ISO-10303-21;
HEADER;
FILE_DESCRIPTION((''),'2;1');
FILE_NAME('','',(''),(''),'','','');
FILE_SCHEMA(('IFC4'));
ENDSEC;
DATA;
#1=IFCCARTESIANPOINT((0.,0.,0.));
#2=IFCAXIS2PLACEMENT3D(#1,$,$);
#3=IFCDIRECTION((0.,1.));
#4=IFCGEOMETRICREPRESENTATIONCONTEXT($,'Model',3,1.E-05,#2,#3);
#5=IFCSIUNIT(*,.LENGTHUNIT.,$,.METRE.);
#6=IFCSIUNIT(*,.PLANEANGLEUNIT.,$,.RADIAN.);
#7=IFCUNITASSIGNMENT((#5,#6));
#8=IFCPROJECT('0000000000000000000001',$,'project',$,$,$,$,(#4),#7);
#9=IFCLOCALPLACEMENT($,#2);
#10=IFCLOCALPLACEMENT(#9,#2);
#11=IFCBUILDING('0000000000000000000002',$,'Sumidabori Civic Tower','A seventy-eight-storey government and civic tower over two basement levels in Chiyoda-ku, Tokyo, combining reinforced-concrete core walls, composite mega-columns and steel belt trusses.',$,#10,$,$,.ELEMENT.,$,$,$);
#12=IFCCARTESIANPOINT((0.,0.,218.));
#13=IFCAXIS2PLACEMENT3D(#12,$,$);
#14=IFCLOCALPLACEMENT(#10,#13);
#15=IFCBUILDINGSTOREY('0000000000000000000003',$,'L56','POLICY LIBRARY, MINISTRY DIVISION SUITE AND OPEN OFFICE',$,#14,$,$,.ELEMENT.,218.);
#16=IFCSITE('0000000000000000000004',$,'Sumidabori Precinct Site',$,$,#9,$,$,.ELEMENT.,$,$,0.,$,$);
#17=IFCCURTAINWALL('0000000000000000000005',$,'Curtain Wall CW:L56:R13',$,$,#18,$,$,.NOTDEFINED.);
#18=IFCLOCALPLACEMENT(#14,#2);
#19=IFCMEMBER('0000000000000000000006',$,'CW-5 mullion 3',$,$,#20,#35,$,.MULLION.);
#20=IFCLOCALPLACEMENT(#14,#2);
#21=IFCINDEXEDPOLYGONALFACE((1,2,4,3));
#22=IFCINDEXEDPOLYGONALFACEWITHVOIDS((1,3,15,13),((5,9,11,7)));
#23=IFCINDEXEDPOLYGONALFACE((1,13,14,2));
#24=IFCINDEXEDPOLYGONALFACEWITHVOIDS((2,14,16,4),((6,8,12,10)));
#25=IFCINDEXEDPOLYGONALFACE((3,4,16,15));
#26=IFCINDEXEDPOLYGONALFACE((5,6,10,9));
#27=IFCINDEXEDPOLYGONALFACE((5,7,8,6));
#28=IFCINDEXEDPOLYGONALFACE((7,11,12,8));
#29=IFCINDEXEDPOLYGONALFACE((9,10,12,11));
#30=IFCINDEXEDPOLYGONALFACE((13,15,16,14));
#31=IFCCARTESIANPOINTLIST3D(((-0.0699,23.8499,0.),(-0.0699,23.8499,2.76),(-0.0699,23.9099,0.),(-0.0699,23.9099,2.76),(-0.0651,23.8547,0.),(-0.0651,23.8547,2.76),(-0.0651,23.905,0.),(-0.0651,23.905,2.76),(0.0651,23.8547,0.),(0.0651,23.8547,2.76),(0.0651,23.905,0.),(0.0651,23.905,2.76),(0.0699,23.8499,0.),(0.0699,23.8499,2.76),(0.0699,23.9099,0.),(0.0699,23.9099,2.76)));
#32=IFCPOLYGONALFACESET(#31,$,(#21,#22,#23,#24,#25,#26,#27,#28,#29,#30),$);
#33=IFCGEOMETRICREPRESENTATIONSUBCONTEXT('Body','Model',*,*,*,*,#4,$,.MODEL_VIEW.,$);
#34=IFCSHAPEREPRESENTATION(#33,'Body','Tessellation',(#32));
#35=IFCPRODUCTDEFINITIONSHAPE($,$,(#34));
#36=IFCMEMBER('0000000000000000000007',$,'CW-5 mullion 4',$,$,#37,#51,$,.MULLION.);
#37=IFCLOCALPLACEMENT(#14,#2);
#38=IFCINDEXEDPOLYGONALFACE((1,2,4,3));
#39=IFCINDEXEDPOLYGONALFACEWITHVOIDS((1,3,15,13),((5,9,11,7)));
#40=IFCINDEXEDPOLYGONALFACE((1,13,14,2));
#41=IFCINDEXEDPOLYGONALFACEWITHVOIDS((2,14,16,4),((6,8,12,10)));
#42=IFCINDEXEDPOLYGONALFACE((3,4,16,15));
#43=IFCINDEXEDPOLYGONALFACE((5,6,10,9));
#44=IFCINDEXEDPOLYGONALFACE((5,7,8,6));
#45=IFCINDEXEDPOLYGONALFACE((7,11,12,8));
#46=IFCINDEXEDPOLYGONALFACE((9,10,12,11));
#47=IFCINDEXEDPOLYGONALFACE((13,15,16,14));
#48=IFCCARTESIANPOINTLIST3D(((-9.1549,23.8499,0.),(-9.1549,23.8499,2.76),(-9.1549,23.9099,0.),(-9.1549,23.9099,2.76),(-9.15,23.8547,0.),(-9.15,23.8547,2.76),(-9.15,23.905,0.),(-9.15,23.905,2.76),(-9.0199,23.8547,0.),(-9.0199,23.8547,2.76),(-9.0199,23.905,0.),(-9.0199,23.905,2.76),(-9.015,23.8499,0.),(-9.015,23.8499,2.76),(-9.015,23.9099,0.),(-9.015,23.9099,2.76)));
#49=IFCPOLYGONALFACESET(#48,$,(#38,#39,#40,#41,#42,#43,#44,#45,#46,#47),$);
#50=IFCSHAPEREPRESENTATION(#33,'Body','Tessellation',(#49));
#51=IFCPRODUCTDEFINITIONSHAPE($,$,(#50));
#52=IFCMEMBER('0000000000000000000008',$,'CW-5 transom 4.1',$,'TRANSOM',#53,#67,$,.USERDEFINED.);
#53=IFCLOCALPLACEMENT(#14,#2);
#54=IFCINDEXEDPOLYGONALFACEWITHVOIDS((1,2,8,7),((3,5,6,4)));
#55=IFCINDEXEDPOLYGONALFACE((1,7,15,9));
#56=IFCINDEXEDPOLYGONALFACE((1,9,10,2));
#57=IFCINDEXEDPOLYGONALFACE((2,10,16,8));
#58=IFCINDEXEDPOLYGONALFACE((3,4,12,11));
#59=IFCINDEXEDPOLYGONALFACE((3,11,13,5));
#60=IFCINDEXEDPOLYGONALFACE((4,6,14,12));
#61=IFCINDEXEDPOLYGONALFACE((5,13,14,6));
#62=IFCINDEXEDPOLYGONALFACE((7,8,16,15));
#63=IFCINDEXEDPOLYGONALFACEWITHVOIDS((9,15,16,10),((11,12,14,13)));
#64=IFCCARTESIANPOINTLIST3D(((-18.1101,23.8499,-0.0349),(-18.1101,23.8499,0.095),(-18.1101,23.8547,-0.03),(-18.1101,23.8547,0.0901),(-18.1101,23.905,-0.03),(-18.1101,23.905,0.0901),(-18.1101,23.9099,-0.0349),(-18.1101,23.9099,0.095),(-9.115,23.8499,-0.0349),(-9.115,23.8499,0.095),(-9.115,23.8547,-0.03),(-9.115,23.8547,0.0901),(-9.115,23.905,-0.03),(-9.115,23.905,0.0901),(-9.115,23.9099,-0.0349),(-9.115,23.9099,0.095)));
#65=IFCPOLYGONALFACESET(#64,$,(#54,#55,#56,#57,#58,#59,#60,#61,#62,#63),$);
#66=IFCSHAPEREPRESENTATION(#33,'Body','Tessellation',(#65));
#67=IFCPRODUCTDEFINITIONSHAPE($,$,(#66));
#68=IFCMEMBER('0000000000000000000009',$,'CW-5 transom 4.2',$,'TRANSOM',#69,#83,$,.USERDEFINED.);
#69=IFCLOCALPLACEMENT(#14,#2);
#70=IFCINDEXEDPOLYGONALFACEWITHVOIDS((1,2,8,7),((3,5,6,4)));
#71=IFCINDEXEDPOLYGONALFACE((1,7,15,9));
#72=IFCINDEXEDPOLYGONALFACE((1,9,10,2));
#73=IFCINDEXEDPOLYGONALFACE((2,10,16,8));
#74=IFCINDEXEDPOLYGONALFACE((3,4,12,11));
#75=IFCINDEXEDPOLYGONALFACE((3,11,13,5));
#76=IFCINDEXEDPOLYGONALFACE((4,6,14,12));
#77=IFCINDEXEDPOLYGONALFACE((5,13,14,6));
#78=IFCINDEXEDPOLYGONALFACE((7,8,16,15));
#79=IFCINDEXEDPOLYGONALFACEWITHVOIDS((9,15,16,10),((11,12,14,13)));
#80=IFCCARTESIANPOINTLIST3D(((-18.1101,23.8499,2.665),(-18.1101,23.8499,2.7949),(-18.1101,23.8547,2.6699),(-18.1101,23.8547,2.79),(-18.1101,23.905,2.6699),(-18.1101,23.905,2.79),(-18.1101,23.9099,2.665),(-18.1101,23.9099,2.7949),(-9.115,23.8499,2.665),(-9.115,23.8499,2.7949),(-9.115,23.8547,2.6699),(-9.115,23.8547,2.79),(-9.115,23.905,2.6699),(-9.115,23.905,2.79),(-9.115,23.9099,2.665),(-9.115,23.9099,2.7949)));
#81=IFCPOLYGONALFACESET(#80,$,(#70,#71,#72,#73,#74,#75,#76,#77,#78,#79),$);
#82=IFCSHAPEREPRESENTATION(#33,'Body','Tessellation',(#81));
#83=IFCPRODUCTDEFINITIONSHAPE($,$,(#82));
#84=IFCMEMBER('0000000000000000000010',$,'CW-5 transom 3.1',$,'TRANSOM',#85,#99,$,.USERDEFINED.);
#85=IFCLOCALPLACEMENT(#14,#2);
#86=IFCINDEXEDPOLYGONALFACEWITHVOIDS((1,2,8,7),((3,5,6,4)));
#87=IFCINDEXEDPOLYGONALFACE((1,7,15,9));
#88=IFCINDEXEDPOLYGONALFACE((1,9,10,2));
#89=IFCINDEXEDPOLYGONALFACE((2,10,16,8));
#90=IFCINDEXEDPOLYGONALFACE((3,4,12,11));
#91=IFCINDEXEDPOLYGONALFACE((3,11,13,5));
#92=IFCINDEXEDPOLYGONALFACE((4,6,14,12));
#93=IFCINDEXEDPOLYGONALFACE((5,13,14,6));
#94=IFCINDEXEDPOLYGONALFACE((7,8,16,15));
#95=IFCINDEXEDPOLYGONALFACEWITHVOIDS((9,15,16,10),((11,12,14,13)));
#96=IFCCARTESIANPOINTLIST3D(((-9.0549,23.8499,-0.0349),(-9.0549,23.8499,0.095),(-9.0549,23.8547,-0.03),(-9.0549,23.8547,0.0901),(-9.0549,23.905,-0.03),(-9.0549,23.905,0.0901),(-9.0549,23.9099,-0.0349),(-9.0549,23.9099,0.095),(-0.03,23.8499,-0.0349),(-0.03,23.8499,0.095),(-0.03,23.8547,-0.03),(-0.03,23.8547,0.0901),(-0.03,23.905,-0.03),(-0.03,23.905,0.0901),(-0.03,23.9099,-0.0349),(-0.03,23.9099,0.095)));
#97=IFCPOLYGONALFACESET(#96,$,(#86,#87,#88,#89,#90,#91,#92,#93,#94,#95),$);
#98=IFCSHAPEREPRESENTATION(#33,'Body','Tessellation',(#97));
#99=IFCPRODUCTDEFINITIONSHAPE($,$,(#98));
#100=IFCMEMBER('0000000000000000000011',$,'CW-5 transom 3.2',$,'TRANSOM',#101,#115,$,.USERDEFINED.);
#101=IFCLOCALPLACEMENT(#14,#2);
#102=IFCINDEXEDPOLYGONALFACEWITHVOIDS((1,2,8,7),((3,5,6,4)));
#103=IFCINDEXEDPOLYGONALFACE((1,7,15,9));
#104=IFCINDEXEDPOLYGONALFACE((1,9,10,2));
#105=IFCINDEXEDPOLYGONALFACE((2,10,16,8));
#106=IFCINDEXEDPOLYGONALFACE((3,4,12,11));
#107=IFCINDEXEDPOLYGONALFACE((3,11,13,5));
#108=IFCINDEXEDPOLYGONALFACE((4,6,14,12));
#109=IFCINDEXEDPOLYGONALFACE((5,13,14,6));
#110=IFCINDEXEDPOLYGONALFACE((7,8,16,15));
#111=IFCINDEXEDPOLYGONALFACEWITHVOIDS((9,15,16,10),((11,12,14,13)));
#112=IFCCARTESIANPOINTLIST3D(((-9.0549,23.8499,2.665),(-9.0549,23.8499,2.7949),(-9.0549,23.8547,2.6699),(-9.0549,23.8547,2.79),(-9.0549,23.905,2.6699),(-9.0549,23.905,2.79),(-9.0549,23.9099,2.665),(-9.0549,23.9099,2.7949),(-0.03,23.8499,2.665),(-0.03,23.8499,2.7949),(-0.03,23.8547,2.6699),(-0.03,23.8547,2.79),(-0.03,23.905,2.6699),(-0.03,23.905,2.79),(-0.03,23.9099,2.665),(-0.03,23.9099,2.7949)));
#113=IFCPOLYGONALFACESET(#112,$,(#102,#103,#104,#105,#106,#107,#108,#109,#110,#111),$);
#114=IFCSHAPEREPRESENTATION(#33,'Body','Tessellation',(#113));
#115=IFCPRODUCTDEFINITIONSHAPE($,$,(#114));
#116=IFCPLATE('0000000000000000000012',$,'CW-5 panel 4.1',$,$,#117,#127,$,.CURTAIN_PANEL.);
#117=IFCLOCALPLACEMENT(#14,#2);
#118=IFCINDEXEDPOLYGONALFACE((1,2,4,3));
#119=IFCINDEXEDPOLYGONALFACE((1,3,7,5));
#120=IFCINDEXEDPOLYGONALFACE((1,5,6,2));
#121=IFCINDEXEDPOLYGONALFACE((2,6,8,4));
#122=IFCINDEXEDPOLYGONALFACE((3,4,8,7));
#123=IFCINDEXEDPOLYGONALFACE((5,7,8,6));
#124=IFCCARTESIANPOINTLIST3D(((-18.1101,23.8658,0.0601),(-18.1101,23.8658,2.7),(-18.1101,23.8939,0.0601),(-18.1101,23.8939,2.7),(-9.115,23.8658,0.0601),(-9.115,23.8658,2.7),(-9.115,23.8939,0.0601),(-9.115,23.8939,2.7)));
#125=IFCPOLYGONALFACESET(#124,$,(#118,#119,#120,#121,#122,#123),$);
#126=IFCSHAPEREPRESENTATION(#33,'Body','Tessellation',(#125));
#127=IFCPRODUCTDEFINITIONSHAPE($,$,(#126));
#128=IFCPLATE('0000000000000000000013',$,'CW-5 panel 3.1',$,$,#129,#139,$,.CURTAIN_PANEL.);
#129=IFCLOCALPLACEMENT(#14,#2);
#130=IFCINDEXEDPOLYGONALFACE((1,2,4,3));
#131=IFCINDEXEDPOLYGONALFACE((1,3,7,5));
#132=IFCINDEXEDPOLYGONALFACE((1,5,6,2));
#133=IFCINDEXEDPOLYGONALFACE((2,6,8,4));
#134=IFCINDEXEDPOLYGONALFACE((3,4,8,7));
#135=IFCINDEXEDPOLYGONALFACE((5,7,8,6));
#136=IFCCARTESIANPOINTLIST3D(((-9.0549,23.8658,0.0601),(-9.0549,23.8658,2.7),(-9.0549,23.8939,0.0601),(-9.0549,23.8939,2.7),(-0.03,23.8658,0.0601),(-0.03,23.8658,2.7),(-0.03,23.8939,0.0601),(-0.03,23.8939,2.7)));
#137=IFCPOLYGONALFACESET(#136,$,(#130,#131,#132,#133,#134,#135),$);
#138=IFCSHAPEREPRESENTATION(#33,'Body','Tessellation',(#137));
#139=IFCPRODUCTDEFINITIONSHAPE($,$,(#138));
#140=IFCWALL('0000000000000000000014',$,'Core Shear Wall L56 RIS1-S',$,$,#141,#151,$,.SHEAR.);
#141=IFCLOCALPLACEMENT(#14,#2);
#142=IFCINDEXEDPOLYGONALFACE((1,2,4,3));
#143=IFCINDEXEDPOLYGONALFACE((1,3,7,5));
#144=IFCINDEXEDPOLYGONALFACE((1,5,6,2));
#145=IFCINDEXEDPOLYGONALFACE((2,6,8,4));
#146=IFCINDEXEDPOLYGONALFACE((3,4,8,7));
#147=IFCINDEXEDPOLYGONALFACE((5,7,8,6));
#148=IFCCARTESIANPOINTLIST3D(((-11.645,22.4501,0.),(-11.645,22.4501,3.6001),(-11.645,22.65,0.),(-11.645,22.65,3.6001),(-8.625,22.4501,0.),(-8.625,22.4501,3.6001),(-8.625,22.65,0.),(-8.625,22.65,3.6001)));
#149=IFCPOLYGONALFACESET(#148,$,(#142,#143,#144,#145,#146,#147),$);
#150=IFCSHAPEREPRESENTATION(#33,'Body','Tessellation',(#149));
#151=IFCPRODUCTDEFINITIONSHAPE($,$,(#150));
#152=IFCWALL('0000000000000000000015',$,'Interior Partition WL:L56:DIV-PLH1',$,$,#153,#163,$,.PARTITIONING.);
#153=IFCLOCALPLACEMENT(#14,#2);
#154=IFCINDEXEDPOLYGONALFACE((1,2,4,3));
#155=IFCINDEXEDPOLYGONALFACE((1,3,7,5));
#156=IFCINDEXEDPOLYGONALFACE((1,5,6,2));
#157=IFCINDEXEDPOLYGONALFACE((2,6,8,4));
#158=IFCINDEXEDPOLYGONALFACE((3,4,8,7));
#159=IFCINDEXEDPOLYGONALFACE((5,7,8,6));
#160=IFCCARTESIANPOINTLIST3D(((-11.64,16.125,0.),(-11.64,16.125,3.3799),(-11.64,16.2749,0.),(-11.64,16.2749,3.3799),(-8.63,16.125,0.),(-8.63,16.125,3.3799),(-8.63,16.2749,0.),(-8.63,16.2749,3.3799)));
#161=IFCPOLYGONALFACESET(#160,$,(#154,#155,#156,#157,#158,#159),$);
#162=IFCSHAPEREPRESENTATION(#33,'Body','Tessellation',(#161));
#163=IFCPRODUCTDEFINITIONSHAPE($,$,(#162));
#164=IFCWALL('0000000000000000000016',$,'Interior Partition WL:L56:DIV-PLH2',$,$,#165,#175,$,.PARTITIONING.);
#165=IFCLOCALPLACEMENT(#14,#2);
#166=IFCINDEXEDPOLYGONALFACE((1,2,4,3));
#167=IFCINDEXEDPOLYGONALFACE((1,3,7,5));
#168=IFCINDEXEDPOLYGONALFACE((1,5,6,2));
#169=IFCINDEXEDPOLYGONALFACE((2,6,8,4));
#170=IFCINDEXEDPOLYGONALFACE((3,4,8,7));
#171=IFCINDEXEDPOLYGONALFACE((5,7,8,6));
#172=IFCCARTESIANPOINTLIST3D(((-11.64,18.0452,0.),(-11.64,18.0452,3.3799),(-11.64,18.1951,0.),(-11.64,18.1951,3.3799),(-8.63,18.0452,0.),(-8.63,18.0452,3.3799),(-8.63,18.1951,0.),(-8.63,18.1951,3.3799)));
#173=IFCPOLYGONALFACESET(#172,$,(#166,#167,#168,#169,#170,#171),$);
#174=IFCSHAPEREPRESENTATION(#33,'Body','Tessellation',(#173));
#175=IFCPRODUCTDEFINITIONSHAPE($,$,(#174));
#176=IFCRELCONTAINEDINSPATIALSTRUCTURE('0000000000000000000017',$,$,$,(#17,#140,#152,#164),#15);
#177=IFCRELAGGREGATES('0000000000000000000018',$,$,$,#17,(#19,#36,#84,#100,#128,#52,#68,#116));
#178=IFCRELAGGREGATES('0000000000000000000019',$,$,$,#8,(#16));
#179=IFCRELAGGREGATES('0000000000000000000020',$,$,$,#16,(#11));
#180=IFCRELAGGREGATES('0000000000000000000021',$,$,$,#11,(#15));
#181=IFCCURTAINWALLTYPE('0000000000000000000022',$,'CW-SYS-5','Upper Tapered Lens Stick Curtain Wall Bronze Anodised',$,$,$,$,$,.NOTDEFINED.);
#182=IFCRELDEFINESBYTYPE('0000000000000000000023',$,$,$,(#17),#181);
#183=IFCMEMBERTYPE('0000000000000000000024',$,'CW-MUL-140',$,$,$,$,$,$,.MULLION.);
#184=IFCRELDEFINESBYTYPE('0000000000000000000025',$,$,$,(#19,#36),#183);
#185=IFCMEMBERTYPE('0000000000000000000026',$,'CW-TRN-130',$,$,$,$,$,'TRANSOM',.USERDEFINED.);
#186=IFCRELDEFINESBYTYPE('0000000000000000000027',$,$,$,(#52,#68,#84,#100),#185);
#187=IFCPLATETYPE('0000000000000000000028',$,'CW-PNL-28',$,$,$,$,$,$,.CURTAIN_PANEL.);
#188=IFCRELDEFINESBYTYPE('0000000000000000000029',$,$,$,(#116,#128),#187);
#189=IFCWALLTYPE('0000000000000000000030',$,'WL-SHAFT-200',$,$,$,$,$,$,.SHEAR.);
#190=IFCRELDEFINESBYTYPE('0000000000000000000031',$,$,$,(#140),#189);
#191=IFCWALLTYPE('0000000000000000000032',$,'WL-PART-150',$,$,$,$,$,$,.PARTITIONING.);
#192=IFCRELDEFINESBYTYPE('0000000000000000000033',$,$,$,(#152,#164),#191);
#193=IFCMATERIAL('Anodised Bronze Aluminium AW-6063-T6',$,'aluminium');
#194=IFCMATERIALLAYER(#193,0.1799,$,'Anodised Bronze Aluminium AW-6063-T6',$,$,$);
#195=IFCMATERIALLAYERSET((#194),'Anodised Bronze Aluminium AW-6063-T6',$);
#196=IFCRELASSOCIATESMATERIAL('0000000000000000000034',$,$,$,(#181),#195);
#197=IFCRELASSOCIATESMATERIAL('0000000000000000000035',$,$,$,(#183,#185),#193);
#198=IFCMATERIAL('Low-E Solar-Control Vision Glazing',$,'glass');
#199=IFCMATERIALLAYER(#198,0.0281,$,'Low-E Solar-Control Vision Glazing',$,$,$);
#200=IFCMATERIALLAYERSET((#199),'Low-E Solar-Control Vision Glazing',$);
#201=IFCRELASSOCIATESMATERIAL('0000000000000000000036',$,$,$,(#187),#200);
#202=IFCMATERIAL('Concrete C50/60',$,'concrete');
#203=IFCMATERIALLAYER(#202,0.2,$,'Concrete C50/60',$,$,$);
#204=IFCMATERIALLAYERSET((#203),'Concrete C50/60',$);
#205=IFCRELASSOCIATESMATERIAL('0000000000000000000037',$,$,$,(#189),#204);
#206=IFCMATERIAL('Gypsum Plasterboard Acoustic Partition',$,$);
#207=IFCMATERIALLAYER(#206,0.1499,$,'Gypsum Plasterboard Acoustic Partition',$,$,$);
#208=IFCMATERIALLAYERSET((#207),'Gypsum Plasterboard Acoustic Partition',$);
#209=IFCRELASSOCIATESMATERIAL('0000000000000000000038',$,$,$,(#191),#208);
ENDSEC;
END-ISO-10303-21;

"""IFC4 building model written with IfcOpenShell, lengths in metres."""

from ifc_helpers import new_model, si_unit, direction, frame, frame_2d, origin, origin_2d, place, context, subcontext, project, spatial, rectangle, hollow_rectangle, extrude, source, transform, mapped, material, layer, layer_set, material_profile, profile_set, type_object, element, aggregate, save


model = new_model("IFC4")

# Units and contexts
model_context = context("Model", 3, precision=1e-05, world=origin(), true_north=direction((0.0, 1.0)))
body_context = subcontext(model_context, "Body", "Model", "MODEL_VIEW")
ifc_project = project(units=[si_unit("LENGTHUNIT", "METRE"), si_unit("PLANEANGLEUNIT", "RADIAN")], contexts=[model_context])

# Site, building, storey
site_placement = place(None, origin())
site = spatial("IfcSite", under=ifc_project, at=site_placement, Name="Sumidabori Precinct Site", CompositionType="ELEMENT", RefElevation=0.0)
building_placement = place(site_placement, origin())
building = spatial("IfcBuilding", under=site, at=building_placement, Name="Sumidabori Civic Tower", Description="A seventy-eight-storey government and civic tower over two basement levels in Chiyoda-ku, Tokyo, combining reinforced-concrete core walls, composite mega-columns and steel belt trusses.", CompositionType="ELEMENT")
storey_placement = place(building_placement, frame((0.0, 0.0, 218.0)))
storey = spatial("IfcBuildingStorey", under=building, at=storey_placement, Name="L56", Description="POLICY LIBRARY, MINISTRY DIVISION SUITE AND OPEN OFFICE", CompositionType="ELEMENT", Elevation=218.0)

# Curtain wall, members, plates
ifc_material_1 = material(Name="Anodised Bronze Aluminium AW-6063-T6", Category="aluminium")
ifc_layer_1 = layer(ifc_material_1, 0.1799, Name="Anodised Bronze Aluminium AW-6063-T6")
ifc_layer_set_1 = layer_set([ifc_layer_1], Name="Anodised Bronze Aluminium AW-6063-T6")
curtain_wall_type = type_object("IfcCurtainWallType", Name="CW-SYS-5", Description="Upper Tapered Lens Stick Curtain Wall Bronze Anodised", PredefinedType="NOTDEFINED", material=ifc_layer_set_1)
curtain_wall_placement = place(storey_placement, origin())
curtain_wall = element("IfcCurtainWall", 1, at=curtain_wall_placement, inside=storey, type_object=curtain_wall_type, Name="Curtain Wall CW:L56:R13", PredefinedType="NOTDEFINED")
ifc_material_profile_1 = material_profile(ifc_material_1, hollow_rectangle(XDim=0.0601, YDim=0.1399, WallThickness=0.0049, at=origin_2d()), Name="ALU MULLION 140x60")
ifc_profile_set_1 = profile_set([ifc_material_profile_1], Name="Anodised Bronze Aluminium AW-6063-T6")
member_type_1 = type_object("IfcMemberType", Name="CW-MUL-140", PredefinedType="MULLION", material=ifc_profile_set_1)
shared_shape_1 = source(origin(), body_context, "Body", "SweptSolid", [
    extrude(hollow_rectangle(XDim=0.0601, YDim=0.1399, WallThickness=0.0049, at=origin_2d()), origin(), (0.0, 0.0, 1.0), 2.76),
])
member_1_placement = place(storey_placement, frame((0.0, 23.8799, 0.0), z_axis=(0.0, 0.0, 1.0), x_axis=(0.0, -1.0, 0.0)))
member_1 = element("IfcMember", 2, at=member_1_placement, type_object=member_type_1, Name="CW-5 mullion 3", PredefinedType="MULLION", context=body_context, shape_type="MappedRepresentation", body=[
    mapped(shared_shape_1, transform((0.0, 0.0, 0.0), x_axis=(1.0, 0.0, 0.0), y_axis=(0.0, 1.0, 0.0), z_axis=(0.0, 0.0, 1.0), scale=1.0)),
])
member_2_placement = place(storey_placement, frame((-9.085, 23.8799, 0.0), z_axis=(0.0, 0.0, 1.0), x_axis=(0.0, -1.0, 0.0)))
member_2 = element("IfcMember", 3, at=member_2_placement, type_object=member_type_1, Name="CW-5 mullion 4", PredefinedType="MULLION", context=body_context, shape_type="MappedRepresentation", body=[
    mapped(shared_shape_1, transform((0.0, 0.0, 0.0), x_axis=(1.0, 0.0, 0.0), y_axis=(0.0, 1.0, 0.0), z_axis=(0.0, 0.0, 1.0), scale=1.0)),
])
ifc_material_profile_2 = material_profile(ifc_material_1, hollow_rectangle(XDim=0.0601, YDim=0.1299, WallThickness=0.0049, at=origin_2d()), Name="ALU TRANSOM 130x60")
ifc_profile_set_2 = profile_set([ifc_material_profile_2], Name="Anodised Bronze Aluminium AW-6063-T6")
member_type_2 = type_object("IfcMemberType", Name="CW-TRN-130", ElementType="TRANSOM", PredefinedType="USERDEFINED", material=ifc_profile_set_2)
shared_shape_2 = source(origin(), body_context, "Body", "SweptSolid", [
    extrude(hollow_rectangle(XDim=0.0601, YDim=0.1299, WallThickness=0.0049, at=origin_2d()), origin(), (0.0, 0.0, 1.0), 8.9951),
])
member_3_placement = place(storey_placement, frame((-9.115, 23.8799, 0.03), z_axis=(-1.0, 0.0, 0.0), x_axis=(0.0, -1.0, 0.0)))
member_3 = element("IfcMember", 4, at=member_3_placement, type_object=member_type_2, Name="CW-5 transom 4.1", ObjectType="TRANSOM", PredefinedType="USERDEFINED", context=body_context, shape_type="MappedRepresentation", body=[
    mapped(shared_shape_2, transform((0.0, 0.0, 0.0), x_axis=(1.0, 0.0, 0.0), y_axis=(0.0, 1.0, 0.0), z_axis=(0.0, 0.0, 1.0), scale=1.0)),
])
member_4_placement = place(storey_placement, frame((-9.115, 23.8799, 2.73), z_axis=(-1.0, 0.0, 0.0), x_axis=(0.0, -1.0, 0.0)))
member_4 = element("IfcMember", 5, at=member_4_placement, type_object=member_type_2, Name="CW-5 transom 4.2", ObjectType="TRANSOM", PredefinedType="USERDEFINED", context=body_context, shape_type="MappedRepresentation", body=[
    mapped(shared_shape_2, transform((0.0, 0.0, 0.0), x_axis=(1.0, 0.0, 0.0), y_axis=(0.0, 1.0, 0.0), z_axis=(0.0, 0.0, 1.0), scale=1.0)),
])
shared_shape_3 = source(origin(), body_context, "Body", "SweptSolid", [
    extrude(hollow_rectangle(XDim=0.0601, YDim=0.1299, WallThickness=0.0049, at=origin_2d()), origin(), (0.0, 0.0, 1.0), 9.0249),
])
member_5_placement = place(storey_placement, frame((-0.03, 23.8799, 0.03), z_axis=(-1.0, 0.0, 0.0), x_axis=(0.0, -1.0, 0.0)))
member_5 = element("IfcMember", 6, at=member_5_placement, type_object=member_type_2, Name="CW-5 transom 3.1", ObjectType="TRANSOM", PredefinedType="USERDEFINED", context=body_context, shape_type="MappedRepresentation", body=[
    mapped(shared_shape_3, transform((0.0, 0.0, 0.0), x_axis=(1.0, 0.0, 0.0), y_axis=(0.0, 1.0, 0.0), z_axis=(0.0, 0.0, 1.0), scale=1.0)),
])
member_6_placement = place(storey_placement, frame((-0.03, 23.8799, 2.73), z_axis=(-1.0, 0.0, 0.0), x_axis=(0.0, -1.0, 0.0)))
member_6 = element("IfcMember", 7, at=member_6_placement, type_object=member_type_2, Name="CW-5 transom 3.2", ObjectType="TRANSOM", PredefinedType="USERDEFINED", context=body_context, shape_type="MappedRepresentation", body=[
    mapped(shared_shape_3, transform((0.0, 0.0, 0.0), x_axis=(1.0, 0.0, 0.0), y_axis=(0.0, 1.0, 0.0), z_axis=(0.0, 0.0, 1.0), scale=1.0)),
])
ifc_material_2 = material(Name="Low-E Solar-Control Vision Glazing", Category="glass")
ifc_layer_2 = layer(ifc_material_2, 0.0281, Name="Low-E Solar-Control Vision Glazing")
ifc_layer_set_2 = layer_set([ifc_layer_2], Name="Low-E Solar-Control Vision Glazing")
plate_type = type_object("IfcPlateType", Name="CW-PNL-28", PredefinedType="CURTAIN_PANEL", material=ifc_layer_set_2)
shared_shape_4 = source(origin(), body_context, "Body", "SweptSolid", [
    extrude(rectangle(XDim=8.9951, YDim=0.0281, at=origin_2d()), origin(), (0.0, 0.0, 1.0), 2.6399),
])
plate_1_placement = place(storey_placement, frame((-13.6125, 23.8799, 0.0601), z_axis=(0.0, 0.0, 1.0), x_axis=(-1.0, 0.0, 0.0)))
plate_1 = element("IfcPlate", 8, at=plate_1_placement, type_object=plate_type, Name="CW-5 panel 4.1", PredefinedType="CURTAIN_PANEL", context=body_context, shape_type="MappedRepresentation", body=[
    mapped(shared_shape_4, transform((0.0, 0.0, 0.0), x_axis=(1.0, 0.0, 0.0), y_axis=(0.0, 1.0, 0.0), z_axis=(0.0, 0.0, 1.0), scale=1.0)),
])
shared_shape_5 = source(origin(), body_context, "Body", "SweptSolid", [
    extrude(rectangle(XDim=9.0249, YDim=0.0281, at=origin_2d()), origin(), (0.0, 0.0, 1.0), 2.6399),
])
plate_2_placement = place(storey_placement, frame((-4.5425, 23.8799, 0.0601), z_axis=(0.0, 0.0, 1.0), x_axis=(-1.0, 0.0, 0.0)))
plate_2 = element("IfcPlate", 9, at=plate_2_placement, type_object=plate_type, Name="CW-5 panel 3.1", PredefinedType="CURTAIN_PANEL", context=body_context, shape_type="MappedRepresentation", body=[
    mapped(shared_shape_5, transform((0.0, 0.0, 0.0), x_axis=(1.0, 0.0, 0.0), y_axis=(0.0, 1.0, 0.0), z_axis=(0.0, 0.0, 1.0), scale=1.0)),
])
aggregate(curtain_wall, [member_1, member_2, member_5, member_6, plate_2, member_3, member_4, plate_1])

# Walls
ifc_material_3 = material(Name="Concrete C50/60", Category="concrete")
ifc_layer_3 = layer(ifc_material_3, 0.2, Name="Concrete C50/60")
ifc_layer_set_3 = layer_set([ifc_layer_3], Name="Concrete C50/60")
wall_type_1 = type_object("IfcWallType", Name="WL-SHAFT-200", PredefinedType="SHEAR", material=ifc_layer_set_3)
shared_shape_6 = source(origin(), body_context, "Body", "SweptSolid", [
    extrude(rectangle(XDim=3.02, YDim=0.2, at=frame_2d((1.51, 0.0))), origin(), (0.0, 0.0, 1.0), 3.6001),
])
wall_1_placement = place(storey_placement, frame((-11.645, 22.55, 0.0), z_axis=(0.0, 0.0, 1.0), x_axis=(1.0, 0.0, 0.0)))
element("IfcWall", 10, at=wall_1_placement, inside=storey, type_object=wall_type_1, Name="Core Shear Wall L56 RIS1-S", PredefinedType="SHEAR", context=body_context, shape_type="MappedRepresentation", body=[
    mapped(shared_shape_6, transform((0.0, 0.0, 0.0), x_axis=(1.0, 0.0, 0.0), y_axis=(0.0, 1.0, 0.0), z_axis=(0.0, 0.0, 1.0), scale=1.0)),
])
ifc_material_4 = material(Name="Gypsum Plasterboard Acoustic Partition")
ifc_layer_4 = layer(ifc_material_4, 0.1499, Name="Gypsum Plasterboard Acoustic Partition")
ifc_layer_set_4 = layer_set([ifc_layer_4], Name="Gypsum Plasterboard Acoustic Partition")
wall_type_2 = type_object("IfcWallType", Name="WL-PART-150", PredefinedType="PARTITIONING", material=ifc_layer_set_4)
shared_shape_7 = source(origin(), body_context, "Body", "SweptSolid", [
    extrude(rectangle(XDim=3.01, YDim=0.1499, at=frame_2d((1.5049, 0.0))), origin(), (0.0, 0.0, 1.0), 3.3799),
])
for number, where, z_axis, x_axis, name in (
    (11, (-11.6399, 16.2, 0.0), (0.0, 0.0, 1.0), (1.0, 0.0, 0.0), "Interior Partition WL:L56:DIV-PLH1"),
    (12, (-11.6399, 18.1201, 0.0), (0.0, 0.0, 1.0), (1.0, 0.0, 0.0), "Interior Partition WL:L56:DIV-PLH2"),
):
    element("IfcWall", number, at=place(storey_placement, frame(where, z_axis=z_axis, x_axis=x_axis)), inside=storey, type_object=wall_type_2, Name=name, PredefinedType="PARTITIONING", context=body_context, shape_type="MappedRepresentation", body=[
        mapped(shared_shape_7, transform((0.0, 0.0, 0.0), x_axis=(1.0, 0.0, 0.0), y_axis=(0.0, 1.0, 0.0), z_axis=(0.0, 0.0, 1.0), scale=1.0)),
    ])

save(model, "model.ifc")
